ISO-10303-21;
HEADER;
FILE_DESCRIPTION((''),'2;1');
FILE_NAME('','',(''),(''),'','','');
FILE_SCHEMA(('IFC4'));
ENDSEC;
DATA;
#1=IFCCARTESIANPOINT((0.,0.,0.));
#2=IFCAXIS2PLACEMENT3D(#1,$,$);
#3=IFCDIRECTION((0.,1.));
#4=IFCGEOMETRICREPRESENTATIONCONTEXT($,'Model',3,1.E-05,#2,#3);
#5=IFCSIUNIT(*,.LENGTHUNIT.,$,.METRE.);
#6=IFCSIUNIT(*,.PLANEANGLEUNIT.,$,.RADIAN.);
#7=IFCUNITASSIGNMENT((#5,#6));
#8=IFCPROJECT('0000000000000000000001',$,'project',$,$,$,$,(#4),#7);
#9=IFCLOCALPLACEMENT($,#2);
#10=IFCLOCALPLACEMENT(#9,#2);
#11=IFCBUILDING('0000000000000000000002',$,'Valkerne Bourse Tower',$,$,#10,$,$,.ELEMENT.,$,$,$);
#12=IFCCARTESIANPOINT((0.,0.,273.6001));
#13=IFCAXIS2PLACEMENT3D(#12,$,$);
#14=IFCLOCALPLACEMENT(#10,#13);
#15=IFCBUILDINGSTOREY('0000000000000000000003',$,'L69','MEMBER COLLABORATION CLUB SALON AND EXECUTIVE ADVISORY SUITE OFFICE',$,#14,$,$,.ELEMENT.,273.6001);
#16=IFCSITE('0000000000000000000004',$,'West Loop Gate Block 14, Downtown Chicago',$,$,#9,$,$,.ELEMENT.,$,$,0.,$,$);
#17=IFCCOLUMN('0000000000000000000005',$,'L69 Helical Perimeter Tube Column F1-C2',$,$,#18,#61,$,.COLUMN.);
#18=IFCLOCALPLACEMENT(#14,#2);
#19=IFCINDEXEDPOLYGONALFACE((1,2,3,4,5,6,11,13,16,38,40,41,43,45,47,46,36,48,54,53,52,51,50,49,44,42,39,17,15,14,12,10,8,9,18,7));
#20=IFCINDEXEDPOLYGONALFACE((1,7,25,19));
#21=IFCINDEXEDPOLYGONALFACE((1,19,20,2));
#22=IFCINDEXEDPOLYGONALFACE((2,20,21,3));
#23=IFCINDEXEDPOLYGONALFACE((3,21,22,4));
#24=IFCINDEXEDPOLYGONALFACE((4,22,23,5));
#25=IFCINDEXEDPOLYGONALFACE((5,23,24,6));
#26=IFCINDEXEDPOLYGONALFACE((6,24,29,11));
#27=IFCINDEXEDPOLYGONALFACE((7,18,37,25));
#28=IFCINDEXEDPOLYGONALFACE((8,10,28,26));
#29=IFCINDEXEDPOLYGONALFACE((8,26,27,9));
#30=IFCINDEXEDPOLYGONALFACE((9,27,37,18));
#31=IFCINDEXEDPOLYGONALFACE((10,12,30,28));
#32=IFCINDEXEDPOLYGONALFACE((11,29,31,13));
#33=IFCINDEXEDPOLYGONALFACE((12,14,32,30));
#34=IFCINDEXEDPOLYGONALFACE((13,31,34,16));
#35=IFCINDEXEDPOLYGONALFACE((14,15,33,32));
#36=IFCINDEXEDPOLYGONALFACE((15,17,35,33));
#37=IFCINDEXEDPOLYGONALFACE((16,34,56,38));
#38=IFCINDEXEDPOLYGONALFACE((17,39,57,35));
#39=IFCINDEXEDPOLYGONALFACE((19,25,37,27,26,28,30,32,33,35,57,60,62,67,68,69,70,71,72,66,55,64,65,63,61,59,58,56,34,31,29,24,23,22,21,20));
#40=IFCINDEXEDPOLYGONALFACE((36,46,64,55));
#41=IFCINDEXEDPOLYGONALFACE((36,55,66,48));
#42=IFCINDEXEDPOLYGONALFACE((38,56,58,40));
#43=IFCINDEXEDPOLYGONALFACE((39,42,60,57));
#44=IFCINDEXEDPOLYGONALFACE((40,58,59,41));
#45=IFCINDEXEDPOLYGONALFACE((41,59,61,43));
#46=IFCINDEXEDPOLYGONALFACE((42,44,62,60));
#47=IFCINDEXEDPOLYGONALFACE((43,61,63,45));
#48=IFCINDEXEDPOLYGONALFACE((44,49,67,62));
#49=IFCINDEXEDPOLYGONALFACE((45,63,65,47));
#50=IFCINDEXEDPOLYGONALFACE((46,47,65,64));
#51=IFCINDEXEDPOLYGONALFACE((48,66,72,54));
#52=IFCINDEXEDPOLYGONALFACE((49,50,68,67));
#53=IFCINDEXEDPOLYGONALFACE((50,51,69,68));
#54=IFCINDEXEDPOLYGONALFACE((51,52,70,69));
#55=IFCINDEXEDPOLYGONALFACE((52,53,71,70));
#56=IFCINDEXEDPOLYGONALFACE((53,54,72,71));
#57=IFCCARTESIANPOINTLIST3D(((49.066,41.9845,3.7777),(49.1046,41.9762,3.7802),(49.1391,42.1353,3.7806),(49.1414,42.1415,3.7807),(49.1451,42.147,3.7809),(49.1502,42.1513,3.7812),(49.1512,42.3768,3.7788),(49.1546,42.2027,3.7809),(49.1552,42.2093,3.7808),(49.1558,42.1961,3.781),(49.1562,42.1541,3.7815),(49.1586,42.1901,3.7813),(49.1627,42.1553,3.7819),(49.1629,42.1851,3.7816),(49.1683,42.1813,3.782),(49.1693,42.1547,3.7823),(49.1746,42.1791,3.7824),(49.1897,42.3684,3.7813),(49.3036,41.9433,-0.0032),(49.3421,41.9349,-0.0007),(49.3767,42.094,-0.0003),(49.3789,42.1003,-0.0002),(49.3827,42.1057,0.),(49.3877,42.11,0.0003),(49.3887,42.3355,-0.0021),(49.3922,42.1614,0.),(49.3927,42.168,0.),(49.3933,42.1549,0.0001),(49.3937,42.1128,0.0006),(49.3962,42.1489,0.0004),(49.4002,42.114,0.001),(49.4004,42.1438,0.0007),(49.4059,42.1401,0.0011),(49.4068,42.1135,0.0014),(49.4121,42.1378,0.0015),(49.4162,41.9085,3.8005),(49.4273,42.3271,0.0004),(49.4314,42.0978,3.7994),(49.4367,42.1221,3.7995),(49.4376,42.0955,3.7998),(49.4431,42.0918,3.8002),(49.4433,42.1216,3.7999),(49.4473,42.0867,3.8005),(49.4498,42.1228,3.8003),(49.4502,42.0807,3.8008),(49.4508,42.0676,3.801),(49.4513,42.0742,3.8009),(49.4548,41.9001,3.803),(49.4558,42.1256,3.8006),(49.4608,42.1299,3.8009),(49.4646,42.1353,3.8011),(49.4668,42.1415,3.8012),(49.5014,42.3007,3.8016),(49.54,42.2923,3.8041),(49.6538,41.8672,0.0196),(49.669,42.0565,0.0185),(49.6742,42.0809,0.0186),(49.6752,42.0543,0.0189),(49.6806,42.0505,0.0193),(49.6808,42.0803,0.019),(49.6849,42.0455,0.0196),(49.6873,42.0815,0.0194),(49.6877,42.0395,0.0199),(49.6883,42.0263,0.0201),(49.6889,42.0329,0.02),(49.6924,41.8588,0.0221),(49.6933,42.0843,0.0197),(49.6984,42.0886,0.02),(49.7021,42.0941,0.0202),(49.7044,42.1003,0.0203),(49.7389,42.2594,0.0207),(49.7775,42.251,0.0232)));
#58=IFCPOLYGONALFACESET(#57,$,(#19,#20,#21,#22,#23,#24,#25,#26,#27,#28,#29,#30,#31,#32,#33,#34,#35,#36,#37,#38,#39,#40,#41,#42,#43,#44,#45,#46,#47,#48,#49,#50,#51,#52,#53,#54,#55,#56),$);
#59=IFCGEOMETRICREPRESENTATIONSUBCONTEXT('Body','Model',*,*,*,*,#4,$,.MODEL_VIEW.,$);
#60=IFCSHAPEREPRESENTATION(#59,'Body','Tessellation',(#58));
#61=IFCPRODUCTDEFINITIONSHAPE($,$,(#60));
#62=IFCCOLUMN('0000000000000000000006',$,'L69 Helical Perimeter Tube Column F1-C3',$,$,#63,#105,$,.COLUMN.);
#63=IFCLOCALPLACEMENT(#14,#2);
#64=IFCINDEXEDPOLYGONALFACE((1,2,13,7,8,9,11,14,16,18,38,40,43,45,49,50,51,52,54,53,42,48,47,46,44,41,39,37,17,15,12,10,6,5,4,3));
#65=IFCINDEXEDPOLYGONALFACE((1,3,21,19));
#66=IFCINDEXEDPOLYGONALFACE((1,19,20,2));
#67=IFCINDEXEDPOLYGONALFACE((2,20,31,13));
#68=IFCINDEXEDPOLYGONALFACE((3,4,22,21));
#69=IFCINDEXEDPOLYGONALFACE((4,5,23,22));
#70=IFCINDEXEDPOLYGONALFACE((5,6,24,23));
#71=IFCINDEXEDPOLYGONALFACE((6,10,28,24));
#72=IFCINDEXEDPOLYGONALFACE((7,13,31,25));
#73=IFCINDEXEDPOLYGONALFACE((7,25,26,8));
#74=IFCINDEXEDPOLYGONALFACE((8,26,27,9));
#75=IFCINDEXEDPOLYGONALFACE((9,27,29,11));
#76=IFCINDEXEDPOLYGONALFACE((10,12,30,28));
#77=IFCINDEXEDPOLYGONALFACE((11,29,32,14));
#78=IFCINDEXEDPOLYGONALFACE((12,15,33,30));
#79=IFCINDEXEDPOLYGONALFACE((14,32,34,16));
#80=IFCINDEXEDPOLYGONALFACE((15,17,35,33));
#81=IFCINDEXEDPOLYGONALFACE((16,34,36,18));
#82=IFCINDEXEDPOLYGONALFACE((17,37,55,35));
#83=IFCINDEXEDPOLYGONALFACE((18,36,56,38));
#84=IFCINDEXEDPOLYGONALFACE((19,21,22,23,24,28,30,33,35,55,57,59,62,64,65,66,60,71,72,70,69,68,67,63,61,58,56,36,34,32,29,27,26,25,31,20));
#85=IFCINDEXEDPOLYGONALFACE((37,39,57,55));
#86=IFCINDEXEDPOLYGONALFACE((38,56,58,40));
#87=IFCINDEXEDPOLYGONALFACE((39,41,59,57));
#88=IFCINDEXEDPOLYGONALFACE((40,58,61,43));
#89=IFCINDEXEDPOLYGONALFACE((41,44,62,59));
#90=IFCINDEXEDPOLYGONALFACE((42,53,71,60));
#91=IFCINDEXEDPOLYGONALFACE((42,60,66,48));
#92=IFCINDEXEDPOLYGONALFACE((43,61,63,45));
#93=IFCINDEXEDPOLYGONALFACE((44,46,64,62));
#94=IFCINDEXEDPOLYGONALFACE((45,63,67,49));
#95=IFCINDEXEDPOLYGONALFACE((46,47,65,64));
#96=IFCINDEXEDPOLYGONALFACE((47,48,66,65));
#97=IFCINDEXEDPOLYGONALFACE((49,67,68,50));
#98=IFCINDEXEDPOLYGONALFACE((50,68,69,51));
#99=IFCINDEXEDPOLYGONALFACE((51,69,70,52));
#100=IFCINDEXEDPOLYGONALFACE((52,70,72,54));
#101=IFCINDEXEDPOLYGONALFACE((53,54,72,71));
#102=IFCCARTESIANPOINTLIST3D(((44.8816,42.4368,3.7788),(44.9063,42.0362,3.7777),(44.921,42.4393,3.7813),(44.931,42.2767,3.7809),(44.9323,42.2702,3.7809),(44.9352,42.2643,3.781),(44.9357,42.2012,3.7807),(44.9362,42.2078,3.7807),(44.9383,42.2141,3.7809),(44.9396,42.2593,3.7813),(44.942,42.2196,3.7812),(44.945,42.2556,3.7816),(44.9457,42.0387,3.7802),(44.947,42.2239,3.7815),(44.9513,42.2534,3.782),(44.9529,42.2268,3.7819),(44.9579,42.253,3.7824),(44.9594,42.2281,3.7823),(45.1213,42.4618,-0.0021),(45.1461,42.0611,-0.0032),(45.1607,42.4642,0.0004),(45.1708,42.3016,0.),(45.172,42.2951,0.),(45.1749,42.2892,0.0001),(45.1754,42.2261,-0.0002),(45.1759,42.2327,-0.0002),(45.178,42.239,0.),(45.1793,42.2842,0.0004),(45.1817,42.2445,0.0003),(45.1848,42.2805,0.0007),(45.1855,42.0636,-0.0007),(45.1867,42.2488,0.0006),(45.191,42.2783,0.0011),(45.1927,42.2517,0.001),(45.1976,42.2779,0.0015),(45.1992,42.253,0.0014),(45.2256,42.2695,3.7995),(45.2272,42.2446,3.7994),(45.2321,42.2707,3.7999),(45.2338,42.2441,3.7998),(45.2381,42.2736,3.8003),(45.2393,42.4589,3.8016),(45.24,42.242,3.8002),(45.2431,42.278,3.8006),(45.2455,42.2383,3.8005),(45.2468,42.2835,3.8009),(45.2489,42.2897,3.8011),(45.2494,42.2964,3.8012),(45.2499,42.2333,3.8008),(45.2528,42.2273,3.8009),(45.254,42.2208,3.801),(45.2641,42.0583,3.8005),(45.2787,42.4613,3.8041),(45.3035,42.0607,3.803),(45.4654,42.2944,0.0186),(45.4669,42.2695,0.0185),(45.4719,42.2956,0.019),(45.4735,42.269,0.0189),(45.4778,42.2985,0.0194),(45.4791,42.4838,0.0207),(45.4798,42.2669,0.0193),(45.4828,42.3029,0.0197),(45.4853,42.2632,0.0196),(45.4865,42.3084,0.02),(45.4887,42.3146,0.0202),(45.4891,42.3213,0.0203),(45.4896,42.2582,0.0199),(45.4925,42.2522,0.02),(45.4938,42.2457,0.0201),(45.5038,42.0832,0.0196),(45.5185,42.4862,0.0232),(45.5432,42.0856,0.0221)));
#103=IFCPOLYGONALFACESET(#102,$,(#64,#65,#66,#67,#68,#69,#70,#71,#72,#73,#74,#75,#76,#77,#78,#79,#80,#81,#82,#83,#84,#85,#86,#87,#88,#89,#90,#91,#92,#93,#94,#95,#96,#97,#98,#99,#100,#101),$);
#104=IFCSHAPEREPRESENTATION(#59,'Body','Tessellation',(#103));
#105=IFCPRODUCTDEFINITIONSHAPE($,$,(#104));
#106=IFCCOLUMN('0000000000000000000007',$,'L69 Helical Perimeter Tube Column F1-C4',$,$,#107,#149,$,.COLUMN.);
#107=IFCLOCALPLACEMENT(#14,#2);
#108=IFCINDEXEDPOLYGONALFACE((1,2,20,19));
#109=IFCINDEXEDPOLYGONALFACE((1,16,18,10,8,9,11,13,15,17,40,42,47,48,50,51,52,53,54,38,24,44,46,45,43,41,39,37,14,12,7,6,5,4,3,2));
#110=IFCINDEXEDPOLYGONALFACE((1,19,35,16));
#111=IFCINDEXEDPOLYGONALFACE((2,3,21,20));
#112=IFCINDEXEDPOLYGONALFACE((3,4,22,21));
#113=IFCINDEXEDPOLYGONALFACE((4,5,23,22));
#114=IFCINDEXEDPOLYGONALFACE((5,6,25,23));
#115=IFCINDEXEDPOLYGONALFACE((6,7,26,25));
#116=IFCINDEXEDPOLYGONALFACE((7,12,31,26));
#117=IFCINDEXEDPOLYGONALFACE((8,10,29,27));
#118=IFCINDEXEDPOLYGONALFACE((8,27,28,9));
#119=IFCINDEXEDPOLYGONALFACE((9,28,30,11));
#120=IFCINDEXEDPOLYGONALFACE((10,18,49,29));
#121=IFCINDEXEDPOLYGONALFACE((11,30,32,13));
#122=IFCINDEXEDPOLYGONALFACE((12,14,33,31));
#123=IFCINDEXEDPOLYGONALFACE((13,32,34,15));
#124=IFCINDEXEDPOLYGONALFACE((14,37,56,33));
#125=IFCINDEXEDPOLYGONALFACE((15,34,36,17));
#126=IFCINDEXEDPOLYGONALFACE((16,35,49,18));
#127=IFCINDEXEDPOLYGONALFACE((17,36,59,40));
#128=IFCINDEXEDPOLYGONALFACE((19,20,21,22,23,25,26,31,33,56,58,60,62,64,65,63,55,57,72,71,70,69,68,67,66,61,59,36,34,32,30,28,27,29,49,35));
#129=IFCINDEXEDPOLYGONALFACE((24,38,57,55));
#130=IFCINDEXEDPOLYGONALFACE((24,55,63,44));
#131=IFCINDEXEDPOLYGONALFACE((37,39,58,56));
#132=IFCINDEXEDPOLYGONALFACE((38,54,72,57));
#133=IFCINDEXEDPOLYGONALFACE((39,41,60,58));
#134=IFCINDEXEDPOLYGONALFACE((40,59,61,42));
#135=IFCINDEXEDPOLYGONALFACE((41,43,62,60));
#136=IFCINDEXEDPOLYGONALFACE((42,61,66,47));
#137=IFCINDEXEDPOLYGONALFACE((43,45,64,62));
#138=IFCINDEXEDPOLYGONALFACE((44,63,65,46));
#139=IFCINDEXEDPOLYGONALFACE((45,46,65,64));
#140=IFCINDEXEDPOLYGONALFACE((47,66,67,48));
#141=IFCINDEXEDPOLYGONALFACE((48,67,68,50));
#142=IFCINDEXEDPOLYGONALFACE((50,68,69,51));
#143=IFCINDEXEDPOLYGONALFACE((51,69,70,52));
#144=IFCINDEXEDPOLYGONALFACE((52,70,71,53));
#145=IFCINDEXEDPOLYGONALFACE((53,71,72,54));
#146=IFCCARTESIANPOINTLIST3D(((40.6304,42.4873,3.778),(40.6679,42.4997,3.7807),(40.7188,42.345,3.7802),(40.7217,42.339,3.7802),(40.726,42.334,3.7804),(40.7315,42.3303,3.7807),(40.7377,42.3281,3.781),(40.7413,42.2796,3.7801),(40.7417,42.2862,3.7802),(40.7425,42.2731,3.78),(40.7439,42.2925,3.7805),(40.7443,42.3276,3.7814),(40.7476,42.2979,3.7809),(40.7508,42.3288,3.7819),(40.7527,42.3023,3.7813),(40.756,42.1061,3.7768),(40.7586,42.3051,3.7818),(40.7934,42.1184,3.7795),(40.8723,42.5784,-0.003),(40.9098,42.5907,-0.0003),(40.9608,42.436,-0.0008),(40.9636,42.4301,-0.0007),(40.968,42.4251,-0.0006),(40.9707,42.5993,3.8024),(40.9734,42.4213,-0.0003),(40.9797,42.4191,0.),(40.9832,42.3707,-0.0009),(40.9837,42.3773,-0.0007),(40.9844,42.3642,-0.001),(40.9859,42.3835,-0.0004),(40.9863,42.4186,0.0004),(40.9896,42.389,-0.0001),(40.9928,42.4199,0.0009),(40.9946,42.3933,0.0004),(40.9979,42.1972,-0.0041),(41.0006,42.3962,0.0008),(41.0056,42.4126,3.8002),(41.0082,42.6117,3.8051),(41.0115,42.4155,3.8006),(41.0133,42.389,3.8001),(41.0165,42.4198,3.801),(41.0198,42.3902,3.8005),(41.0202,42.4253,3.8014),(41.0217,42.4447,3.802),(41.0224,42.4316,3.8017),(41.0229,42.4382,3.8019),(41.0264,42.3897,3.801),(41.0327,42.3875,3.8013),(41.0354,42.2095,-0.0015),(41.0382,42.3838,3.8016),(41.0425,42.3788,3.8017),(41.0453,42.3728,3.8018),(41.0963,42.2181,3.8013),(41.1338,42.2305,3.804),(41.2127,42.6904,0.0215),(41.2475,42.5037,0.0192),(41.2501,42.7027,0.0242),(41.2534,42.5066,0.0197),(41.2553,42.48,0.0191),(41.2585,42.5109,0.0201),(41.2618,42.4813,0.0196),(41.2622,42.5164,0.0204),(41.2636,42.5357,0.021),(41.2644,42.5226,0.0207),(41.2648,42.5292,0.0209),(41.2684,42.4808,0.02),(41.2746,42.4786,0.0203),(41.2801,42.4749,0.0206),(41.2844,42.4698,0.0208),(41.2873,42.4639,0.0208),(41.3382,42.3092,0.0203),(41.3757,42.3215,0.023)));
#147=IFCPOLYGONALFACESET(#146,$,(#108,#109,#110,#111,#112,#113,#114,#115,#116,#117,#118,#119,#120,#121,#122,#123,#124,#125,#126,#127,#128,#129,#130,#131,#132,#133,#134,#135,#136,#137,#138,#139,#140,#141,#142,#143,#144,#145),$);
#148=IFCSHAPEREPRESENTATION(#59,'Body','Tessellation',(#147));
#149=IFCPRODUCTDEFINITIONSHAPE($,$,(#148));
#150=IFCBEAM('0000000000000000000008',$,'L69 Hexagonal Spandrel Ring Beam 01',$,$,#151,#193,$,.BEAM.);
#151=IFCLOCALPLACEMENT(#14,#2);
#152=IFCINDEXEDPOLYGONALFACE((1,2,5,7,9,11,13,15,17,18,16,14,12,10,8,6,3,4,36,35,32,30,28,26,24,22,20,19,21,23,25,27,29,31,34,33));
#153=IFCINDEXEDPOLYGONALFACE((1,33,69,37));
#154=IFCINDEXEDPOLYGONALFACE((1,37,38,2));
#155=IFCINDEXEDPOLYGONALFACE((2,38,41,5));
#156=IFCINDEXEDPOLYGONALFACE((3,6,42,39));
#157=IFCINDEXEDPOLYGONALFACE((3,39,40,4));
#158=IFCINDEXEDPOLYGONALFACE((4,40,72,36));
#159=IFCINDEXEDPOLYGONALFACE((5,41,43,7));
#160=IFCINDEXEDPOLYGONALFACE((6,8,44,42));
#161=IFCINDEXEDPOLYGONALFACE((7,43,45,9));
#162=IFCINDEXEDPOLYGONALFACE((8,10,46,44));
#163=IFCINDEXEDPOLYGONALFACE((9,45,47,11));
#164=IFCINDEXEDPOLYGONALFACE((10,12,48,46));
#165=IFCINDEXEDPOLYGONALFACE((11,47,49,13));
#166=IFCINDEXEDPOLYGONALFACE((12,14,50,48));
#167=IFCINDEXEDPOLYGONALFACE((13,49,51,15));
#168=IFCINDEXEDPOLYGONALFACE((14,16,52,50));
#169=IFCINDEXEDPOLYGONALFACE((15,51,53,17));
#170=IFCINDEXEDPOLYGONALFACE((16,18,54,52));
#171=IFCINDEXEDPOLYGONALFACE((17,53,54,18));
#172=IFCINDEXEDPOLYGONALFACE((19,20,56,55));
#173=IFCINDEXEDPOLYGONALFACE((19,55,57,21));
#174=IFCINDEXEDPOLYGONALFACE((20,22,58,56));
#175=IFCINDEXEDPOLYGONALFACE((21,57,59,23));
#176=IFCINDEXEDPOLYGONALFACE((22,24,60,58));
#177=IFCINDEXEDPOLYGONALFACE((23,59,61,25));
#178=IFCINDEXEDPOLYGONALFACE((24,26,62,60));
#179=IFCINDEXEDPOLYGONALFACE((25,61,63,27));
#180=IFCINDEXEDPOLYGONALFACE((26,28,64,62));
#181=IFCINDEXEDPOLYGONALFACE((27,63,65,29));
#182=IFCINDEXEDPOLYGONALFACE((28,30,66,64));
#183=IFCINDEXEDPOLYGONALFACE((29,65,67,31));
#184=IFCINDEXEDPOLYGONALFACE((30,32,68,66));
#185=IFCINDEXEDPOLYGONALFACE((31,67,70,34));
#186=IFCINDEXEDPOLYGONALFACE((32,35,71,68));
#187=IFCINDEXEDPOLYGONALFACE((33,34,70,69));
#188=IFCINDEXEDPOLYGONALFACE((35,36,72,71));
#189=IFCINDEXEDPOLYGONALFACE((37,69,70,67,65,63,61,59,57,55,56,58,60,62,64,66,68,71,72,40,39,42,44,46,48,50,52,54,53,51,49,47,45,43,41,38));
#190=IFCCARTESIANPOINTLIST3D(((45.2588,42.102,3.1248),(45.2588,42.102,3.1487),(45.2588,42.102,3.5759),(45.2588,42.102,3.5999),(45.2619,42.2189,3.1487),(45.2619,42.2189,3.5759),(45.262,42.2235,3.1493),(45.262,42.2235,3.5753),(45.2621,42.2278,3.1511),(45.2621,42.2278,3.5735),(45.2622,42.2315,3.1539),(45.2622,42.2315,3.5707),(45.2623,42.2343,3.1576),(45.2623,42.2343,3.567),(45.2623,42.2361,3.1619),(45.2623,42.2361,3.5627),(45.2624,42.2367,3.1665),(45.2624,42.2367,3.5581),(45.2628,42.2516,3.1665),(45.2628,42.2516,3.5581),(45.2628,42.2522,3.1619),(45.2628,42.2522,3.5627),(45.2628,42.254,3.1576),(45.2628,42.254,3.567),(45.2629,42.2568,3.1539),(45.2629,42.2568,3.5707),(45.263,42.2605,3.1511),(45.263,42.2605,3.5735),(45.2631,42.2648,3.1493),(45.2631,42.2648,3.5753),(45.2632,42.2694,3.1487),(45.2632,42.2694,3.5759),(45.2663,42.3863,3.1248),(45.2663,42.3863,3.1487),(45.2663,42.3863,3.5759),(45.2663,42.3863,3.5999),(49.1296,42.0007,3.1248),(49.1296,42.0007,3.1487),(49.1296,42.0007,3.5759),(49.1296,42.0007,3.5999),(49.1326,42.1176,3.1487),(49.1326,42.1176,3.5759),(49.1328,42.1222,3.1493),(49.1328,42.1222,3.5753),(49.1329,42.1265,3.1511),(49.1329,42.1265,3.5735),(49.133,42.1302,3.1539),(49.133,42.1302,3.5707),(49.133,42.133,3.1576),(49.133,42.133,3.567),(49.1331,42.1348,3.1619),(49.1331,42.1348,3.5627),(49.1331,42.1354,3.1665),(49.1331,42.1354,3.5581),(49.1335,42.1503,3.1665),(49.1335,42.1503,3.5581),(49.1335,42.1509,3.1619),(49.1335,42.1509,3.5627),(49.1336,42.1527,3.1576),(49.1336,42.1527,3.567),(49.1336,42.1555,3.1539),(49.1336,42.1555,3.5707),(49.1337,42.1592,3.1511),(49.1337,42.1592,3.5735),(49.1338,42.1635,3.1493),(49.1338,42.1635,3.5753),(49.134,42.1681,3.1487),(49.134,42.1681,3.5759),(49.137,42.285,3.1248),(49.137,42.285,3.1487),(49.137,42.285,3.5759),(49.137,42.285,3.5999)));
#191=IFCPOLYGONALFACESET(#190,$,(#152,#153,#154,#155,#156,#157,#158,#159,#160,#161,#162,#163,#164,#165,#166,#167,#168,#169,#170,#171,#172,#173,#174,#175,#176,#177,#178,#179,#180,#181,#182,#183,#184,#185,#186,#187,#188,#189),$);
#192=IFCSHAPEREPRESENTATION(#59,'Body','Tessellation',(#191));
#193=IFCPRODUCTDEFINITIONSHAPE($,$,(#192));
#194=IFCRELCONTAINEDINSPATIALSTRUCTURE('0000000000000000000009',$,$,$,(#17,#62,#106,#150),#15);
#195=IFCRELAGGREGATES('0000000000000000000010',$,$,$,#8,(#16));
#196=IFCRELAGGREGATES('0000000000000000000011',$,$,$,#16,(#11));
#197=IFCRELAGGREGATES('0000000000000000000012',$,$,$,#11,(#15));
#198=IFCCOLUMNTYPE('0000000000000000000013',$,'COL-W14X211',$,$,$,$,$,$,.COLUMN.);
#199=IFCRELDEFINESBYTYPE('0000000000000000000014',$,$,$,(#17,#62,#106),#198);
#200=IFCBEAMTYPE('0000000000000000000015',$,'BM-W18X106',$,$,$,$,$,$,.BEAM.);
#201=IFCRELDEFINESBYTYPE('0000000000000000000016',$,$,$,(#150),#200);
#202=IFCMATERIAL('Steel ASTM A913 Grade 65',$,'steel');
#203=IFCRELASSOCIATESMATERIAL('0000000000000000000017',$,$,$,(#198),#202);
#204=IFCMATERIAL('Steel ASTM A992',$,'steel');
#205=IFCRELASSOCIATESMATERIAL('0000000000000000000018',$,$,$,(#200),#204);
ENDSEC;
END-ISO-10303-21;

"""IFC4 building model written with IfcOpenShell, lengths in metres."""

from ifc_helpers import new_model, si_unit, direction, frame, origin, origin_2d, place, context, subcontext, project, spatial, i_section, extrude, material, material_profile, profile_set, type_object, element, save


model = new_model("IFC4")

# Units and contexts
model_context = context("Model", 3, precision=1e-05, world=origin(), true_north=direction((0.0, 1.0)))
body_context = subcontext(model_context, "Body", "Model", "MODEL_VIEW")
ifc_project = project(units=[si_unit("LENGTHUNIT", "METRE"), si_unit("PLANEANGLEUNIT", "RADIAN")], contexts=[model_context])

# Site, building, storey
site_placement = place(None, origin())
site = spatial("IfcSite", under=ifc_project, at=site_placement, Name="West Loop Gate Block 14, Downtown Chicago", CompositionType="ELEMENT", RefElevation=0.0)
building_placement = place(site_placement, origin())
building = spatial("IfcBuilding", under=site, at=building_placement, Name="Valkerne Bourse Tower", CompositionType="ELEMENT")
storey_placement = place(building_placement, frame((0.0, 0.0, 273.6001)))
storey = spatial("IfcBuildingStorey", under=building, at=storey_placement, Name="L69", Description="MEMBER COLLABORATION CLUB SALON AND EXECUTIVE ADVISORY SUITE OFFICE", CompositionType="ELEMENT", Elevation=273.6001)

# Columns
ifc_material_1 = material(Name="Steel ASTM A913 Grade 65", Category="steel")
ifc_material_profile_1 = material_profile(ifc_material_1, i_section(OverallWidth=0.4014, OverallDepth=0.3987, WebThickness=0.0249, FlangeThickness=0.0396, FilletRadius=0.0254, at=origin_2d()), Name="W14X211")
ifc_profile_set_1 = profile_set([ifc_material_profile_1], Name="Steel ASTM A913 Grade 65")
column_type = type_object("IfcColumnType", Name="COL-W14X211", PredefinedType="COLUMN", material=ifc_profile_set_1)
for number, where, z_axis, x_axis, name in (
    (1, (49.5405, 42.0972, 0.01), (-0.0627, 0.01089, 0.997973), (0.212152, 0.977233, 0.002665), "L69 Helical Perimeter Tube Column F1-C2"),
    (2, (45.3323, 42.2737, 0.01), (-0.06328, -0.006573, 0.997974), (-0.061656, 0.998094, 0.002664), "L69 Helical Perimeter Tube Column F1-C3"),
):
    element("IfcColumn", number, at=place(storey_placement, frame(where, z_axis=z_axis, x_axis=x_axis)), inside=storey, type_object=column_type, Name=name, PredefinedType="COLUMN", context=body_context, shape_type="SweptSolid", body=[
        extrude(i_section(OverallWidth=0.4014, OverallDepth=0.3987, WebThickness=0.0249, FlangeThickness=0.0396, FilletRadius=0.0254, at=origin_2d()), origin(), (0.0, 0.0, 1.0), 3.7886),
    ])
column_placement = place(storey_placement, frame((41.124, 42.45, 0.01), z_axis=(-0.06384, -0.024029, 0.997671), x_axis=(-0.312852, 0.949797, 0.002856)))
element("IfcColumn", 3, at=column_placement, inside=storey, type_object=column_type, Name="L69 Helical Perimeter Tube Column F1-C4", PredefinedType="COLUMN", context=body_context, shape_type="SweptSolid", body=[
    extrude(i_section(OverallWidth=0.4014, OverallDepth=0.3987, WebThickness=0.0249, FlangeThickness=0.0396, FilletRadius=0.0254, at=origin_2d()), origin(), (0.0, 0.0, 1.0), 3.7898),
])

# Beam
ifc_material_2 = material(Name="Steel ASTM A992", Category="steel")
ifc_material_profile_2 = material_profile(ifc_material_2, i_section(OverallWidth=0.2844, OverallDepth=0.4751, WebThickness=0.0149, FlangeThickness=0.0239, FilletRadius=0.0178, at=origin_2d()), Name="W18X106")
ifc_profile_set_2 = profile_set([ifc_material_profile_2], Name="Steel ASTM A992")
beam_type_1 = type_object("IfcBeamType", Name="BM-W18X106", PredefinedType="BEAM", material=ifc_profile_set_2)
beam_1_placement = place(storey_placement, frame((49.1333, 42.1428, 3.3623), z_axis=(-0.999658, 0.026166, 0.0), x_axis=(-0.026166, -0.999658, 0.0)))
element("IfcBeam", 4, at=beam_1_placement, inside=storey, type_object=beam_type_1, Name="L69 Hexagonal Spandrel Ring Beam 01", PredefinedType="BEAM", context=body_context, shape_type="SweptSolid", body=[
    extrude(i_section(OverallWidth=0.2844, OverallDepth=0.4751, WebThickness=0.0149, FlangeThickness=0.0239, FilletRadius=0.0178, at=origin_2d()), origin(), (0.0, 0.0, 1.0), 3.8721),
])

save(model, "model.ifc")
